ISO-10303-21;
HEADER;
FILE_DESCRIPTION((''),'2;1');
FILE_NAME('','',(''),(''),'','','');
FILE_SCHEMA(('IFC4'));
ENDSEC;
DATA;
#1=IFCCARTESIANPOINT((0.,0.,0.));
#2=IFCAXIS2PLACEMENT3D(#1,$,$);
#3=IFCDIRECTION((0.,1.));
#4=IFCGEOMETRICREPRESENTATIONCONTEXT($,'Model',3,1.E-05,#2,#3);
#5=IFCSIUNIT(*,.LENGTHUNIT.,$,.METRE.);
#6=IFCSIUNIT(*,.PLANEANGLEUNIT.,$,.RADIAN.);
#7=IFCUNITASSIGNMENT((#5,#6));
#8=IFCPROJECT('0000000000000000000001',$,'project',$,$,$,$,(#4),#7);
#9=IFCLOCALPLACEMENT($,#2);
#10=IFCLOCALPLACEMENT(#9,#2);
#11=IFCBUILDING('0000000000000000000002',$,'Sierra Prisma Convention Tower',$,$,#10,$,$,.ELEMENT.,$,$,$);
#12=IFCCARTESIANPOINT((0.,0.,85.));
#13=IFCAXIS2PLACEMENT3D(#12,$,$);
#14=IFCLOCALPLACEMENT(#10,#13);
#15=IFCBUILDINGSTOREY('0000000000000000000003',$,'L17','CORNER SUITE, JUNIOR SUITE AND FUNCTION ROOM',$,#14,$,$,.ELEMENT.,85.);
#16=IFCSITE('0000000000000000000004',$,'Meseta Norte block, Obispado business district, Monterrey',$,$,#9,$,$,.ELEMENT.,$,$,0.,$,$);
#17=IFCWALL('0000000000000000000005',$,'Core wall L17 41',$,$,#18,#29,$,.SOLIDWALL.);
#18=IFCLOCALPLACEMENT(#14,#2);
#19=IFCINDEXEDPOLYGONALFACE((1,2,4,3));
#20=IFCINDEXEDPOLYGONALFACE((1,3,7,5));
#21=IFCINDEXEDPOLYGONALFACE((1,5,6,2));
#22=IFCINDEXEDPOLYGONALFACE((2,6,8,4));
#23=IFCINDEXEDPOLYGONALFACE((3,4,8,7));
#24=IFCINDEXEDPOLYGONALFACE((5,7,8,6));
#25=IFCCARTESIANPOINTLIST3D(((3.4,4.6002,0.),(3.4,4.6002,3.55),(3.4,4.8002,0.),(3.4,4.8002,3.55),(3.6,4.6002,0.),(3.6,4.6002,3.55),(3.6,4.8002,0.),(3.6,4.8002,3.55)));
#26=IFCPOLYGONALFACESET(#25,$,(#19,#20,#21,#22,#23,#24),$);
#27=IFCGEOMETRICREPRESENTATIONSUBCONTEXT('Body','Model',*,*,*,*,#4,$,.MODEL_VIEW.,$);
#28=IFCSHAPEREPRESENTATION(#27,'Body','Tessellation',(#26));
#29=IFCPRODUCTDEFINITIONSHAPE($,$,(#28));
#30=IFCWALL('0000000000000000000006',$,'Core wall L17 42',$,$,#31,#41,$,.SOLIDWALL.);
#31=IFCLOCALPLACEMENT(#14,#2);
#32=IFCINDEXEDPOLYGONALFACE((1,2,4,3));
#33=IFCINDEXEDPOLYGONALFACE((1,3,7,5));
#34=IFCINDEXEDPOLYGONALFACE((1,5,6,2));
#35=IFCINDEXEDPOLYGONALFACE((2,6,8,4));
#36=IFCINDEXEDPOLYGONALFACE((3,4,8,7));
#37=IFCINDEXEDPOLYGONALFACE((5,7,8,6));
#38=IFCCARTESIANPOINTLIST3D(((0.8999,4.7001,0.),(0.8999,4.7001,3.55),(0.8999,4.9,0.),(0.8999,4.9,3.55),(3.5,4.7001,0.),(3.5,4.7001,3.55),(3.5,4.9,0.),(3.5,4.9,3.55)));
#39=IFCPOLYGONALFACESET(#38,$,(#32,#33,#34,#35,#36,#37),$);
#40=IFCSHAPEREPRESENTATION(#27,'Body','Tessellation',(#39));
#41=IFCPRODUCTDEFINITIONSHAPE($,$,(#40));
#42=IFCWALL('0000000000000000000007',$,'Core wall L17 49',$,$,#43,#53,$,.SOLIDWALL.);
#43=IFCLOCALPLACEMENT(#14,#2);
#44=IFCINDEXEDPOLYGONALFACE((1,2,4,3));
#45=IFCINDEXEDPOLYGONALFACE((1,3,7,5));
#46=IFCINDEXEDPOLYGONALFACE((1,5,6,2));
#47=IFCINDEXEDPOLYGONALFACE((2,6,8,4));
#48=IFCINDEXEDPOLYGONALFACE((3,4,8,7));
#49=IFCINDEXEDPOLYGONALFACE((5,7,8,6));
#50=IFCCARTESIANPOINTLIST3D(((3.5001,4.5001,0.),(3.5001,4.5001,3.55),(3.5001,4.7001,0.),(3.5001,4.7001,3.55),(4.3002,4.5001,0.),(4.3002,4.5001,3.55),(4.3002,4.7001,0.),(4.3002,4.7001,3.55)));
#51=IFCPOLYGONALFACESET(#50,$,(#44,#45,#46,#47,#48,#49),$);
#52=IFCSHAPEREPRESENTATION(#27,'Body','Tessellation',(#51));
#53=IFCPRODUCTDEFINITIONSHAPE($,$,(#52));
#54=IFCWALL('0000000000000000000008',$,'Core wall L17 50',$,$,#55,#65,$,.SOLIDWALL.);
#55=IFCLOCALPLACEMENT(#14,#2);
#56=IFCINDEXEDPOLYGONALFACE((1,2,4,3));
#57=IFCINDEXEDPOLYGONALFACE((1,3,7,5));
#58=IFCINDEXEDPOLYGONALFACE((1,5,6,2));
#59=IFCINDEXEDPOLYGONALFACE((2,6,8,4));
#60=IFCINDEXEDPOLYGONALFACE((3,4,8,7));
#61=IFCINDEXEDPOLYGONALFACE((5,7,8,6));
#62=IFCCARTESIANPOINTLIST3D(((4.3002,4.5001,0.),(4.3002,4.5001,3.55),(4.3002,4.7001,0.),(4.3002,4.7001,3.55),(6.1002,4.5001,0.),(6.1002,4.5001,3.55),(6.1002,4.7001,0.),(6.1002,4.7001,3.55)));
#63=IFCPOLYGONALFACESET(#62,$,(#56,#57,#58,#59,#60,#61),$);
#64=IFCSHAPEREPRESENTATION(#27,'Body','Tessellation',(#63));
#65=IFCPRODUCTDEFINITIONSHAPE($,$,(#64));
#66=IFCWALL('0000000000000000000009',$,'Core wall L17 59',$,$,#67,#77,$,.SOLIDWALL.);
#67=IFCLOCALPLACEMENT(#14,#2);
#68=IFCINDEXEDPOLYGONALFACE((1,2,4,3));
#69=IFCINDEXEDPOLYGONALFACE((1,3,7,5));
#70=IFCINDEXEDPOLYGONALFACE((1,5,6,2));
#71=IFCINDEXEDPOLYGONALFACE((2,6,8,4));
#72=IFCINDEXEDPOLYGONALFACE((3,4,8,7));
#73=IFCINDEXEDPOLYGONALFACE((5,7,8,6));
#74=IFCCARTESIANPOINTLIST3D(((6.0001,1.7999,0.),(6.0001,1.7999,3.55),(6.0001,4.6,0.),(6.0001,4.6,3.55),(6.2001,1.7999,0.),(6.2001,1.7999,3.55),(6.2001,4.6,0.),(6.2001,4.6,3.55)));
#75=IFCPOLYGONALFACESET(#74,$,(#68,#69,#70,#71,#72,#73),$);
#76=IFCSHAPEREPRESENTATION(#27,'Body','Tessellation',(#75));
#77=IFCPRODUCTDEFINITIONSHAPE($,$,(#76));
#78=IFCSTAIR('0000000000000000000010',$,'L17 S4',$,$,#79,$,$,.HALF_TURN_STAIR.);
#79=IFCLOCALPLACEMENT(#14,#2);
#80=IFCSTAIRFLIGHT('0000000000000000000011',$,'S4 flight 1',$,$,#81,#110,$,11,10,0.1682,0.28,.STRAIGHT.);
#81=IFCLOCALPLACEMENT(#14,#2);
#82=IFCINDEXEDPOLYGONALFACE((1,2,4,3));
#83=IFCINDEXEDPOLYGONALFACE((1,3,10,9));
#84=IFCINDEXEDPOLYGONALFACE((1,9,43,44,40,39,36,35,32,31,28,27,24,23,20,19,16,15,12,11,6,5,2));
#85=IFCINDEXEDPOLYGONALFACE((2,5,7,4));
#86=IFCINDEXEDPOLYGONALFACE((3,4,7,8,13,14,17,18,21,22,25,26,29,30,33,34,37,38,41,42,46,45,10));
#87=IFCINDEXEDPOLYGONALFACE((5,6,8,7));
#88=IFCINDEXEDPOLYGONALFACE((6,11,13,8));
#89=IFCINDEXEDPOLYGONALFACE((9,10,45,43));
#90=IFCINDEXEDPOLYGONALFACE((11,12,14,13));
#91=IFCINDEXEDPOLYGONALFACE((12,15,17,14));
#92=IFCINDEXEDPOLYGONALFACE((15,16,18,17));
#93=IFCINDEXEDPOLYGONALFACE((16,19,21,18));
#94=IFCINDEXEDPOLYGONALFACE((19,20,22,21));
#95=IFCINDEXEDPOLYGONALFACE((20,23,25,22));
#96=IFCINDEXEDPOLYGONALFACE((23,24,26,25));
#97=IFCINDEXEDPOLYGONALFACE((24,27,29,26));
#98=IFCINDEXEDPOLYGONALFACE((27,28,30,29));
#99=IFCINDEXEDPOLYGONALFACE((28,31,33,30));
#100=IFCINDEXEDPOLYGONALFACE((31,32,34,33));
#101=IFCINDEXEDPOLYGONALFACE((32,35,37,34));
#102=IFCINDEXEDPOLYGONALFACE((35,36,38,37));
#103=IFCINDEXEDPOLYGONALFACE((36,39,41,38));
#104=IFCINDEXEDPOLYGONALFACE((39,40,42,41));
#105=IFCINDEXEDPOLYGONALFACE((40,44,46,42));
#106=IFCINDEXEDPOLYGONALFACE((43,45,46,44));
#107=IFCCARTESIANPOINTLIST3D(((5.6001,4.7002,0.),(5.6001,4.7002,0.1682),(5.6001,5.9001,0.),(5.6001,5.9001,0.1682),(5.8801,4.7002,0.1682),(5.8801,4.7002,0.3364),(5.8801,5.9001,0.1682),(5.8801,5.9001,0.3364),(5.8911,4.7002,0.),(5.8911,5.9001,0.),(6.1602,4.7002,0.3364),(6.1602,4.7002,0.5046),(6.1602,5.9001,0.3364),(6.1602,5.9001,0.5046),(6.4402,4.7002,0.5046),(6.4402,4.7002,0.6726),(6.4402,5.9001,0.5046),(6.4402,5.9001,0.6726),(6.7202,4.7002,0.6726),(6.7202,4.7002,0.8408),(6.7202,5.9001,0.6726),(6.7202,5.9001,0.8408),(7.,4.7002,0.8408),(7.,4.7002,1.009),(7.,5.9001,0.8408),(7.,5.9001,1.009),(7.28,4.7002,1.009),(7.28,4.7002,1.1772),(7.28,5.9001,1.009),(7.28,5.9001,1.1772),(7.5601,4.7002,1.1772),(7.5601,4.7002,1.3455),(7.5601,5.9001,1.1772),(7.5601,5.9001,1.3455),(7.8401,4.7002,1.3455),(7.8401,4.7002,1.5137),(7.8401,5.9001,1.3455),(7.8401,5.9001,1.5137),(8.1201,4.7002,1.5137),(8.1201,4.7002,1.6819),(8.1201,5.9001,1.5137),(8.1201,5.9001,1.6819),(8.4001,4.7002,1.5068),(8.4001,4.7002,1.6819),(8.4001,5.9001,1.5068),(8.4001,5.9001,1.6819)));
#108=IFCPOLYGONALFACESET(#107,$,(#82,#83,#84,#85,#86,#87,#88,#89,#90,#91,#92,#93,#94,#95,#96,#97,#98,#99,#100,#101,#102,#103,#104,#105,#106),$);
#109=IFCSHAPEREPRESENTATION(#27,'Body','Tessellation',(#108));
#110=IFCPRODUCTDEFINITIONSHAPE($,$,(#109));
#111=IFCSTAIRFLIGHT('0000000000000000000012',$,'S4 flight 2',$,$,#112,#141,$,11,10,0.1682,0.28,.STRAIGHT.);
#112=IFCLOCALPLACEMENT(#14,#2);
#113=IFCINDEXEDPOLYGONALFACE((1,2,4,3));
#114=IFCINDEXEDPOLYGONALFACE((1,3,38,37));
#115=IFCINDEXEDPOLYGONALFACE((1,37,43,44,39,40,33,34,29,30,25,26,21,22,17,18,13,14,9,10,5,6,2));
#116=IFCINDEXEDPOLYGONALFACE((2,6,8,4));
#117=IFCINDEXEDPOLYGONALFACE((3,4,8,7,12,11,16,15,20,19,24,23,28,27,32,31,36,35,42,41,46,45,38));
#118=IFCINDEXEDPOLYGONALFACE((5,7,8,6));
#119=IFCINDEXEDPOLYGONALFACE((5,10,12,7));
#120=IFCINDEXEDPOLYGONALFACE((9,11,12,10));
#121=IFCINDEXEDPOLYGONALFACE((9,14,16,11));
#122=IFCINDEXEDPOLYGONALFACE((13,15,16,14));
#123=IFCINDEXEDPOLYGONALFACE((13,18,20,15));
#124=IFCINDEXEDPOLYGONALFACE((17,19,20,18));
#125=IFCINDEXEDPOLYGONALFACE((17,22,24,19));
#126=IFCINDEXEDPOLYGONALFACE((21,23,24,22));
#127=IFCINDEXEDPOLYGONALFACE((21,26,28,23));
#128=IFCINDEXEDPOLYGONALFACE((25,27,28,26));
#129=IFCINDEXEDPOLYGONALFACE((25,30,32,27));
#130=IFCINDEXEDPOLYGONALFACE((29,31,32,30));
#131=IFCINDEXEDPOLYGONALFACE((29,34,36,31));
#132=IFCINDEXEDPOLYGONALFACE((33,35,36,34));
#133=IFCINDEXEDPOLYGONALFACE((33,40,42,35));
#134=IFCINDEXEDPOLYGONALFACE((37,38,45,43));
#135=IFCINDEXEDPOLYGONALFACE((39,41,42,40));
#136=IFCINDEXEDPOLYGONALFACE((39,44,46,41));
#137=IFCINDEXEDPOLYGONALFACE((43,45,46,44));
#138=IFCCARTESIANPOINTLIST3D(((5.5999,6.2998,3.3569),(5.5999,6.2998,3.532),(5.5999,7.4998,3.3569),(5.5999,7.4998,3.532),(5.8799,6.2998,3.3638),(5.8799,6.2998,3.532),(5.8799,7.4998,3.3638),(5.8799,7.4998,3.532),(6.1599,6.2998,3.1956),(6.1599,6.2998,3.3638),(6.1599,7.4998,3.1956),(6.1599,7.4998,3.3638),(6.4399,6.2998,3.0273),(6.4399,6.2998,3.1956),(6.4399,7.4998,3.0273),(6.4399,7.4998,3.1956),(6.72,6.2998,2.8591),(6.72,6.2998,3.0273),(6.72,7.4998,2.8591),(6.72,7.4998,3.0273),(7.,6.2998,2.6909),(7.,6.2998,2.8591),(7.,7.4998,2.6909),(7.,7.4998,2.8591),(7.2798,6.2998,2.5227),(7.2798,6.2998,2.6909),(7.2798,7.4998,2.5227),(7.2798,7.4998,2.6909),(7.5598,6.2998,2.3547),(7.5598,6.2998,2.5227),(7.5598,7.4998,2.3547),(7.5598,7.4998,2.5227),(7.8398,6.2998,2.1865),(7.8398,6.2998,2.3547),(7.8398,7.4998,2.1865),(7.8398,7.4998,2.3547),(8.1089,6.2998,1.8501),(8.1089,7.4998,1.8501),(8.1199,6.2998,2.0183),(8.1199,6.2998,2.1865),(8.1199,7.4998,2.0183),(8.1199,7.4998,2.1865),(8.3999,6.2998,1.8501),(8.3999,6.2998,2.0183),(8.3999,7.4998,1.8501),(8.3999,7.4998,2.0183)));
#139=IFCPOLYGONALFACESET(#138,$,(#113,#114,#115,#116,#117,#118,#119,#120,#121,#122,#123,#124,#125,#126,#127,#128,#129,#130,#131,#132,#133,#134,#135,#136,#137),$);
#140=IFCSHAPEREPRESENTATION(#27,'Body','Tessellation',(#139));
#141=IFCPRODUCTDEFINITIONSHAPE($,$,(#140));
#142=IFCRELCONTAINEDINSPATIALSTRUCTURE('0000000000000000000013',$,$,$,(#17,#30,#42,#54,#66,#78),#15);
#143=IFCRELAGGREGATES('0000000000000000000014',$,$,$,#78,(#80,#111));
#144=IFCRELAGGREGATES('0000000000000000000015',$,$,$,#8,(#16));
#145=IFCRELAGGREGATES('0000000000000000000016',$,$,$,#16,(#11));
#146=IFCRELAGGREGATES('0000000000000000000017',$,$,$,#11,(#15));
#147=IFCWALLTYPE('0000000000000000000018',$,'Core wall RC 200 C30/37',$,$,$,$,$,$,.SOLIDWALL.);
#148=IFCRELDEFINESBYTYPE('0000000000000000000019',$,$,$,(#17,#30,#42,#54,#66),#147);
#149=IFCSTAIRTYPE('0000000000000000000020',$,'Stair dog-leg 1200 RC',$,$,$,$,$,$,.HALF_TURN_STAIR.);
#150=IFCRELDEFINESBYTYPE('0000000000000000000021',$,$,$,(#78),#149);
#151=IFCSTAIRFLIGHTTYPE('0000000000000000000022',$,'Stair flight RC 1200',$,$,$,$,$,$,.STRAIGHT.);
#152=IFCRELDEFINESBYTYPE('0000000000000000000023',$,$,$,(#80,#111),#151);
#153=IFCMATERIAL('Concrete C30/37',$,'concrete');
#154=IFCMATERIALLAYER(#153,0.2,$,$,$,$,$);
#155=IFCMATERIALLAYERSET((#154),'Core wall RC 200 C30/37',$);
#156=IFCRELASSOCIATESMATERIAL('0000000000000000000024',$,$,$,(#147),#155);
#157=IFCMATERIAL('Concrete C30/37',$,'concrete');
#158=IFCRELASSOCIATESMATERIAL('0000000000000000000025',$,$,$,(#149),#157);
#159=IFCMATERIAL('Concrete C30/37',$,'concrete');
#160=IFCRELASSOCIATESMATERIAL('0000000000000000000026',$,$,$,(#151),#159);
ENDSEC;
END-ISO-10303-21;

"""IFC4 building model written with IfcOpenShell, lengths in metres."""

from ifc_helpers import new_model, si_unit, direction, frame, frame_2d, origin, place, context, subcontext, project, spatial, polyline, rectangle, outline, extrude, material, layer, layer_set, type_object, element, aggregate, save


model = new_model("IFC4")

# Units and contexts
model_context = context("Model", 3, precision=1e-05, world=origin(), true_north=direction((0.0, 1.0)))
body_context = subcontext(model_context, "Body", "Model", "MODEL_VIEW")
ifc_project = project(units=[si_unit("LENGTHUNIT", "METRE"), si_unit("PLANEANGLEUNIT", "RADIAN")], contexts=[model_context])

# Site, building, storey
site_placement = place(None, origin())
site = spatial("IfcSite", under=ifc_project, at=site_placement, Name="Meseta Norte block, Obispado business district, Monterrey", CompositionType="ELEMENT", RefElevation=0.0)
building_placement = place(site_placement, origin())
building = spatial("IfcBuilding", under=site, at=building_placement, Name="Sierra Prisma Convention Tower", CompositionType="ELEMENT")
storey_placement = place(building_placement, frame((0.0, 0.0, 85.0)))
storey = spatial("IfcBuildingStorey", under=building, at=storey_placement, Name="L17", Description="CORNER SUITE, JUNIOR SUITE AND FUNCTION ROOM", CompositionType="ELEMENT", Elevation=85.0)

# Walls
ifc_material_1 = material(Name="Concrete C30/37", Category="concrete")
ifc_layer = layer(ifc_material_1, 0.2)
ifc_layer_set = layer_set([ifc_layer], Name="Core wall RC 200 C30/37")
wall_type = type_object("IfcWallType", Name="Core wall RC 200 C30/37", PredefinedType="SOLIDWALL", material=ifc_layer_set)
wall_1_placement = place(storey_placement, frame((3.5, 4.6001, 0.0), z_axis=(0.0, 0.0, 1.0), x_axis=(0.0, 1.0, 0.0)))
element("IfcWall", 1, at=wall_1_placement, inside=storey, type_object=wall_type, Name="Core wall L17 41", PredefinedType="SOLIDWALL", context=body_context, shape_type="SweptSolid", body=[
    extrude(rectangle(XDim=0.2, YDim=0.2, at=frame_2d((0.1001, 0.0))), origin(), (0.0, 0.0, 1.0), 3.55),
])
wall_2_placement = place(storey_placement, frame((3.5, 4.8, 0.0), z_axis=(0.0, 0.0, 1.0), x_axis=(-1.0, 0.0, 0.0)))
element("IfcWall", 2, at=wall_2_placement, inside=storey, type_object=wall_type, Name="Core wall L17 42", PredefinedType="SOLIDWALL", context=body_context, shape_type="SweptSolid", body=[
    extrude(rectangle(XDim=2.6001, YDim=0.2, at=frame_2d((1.3, 0.0))), origin(), (0.0, 0.0, 1.0), 3.55),
])

# Walls
wall_3_placement = place(storey_placement, frame((4.3, 4.6001, 0.0), z_axis=(0.0, 0.0, 1.0), x_axis=(-1.0, 0.0, 0.0)))
element("IfcWall", 3, at=wall_3_placement, inside=storey, type_object=wall_type, Name="Core wall L17 49", PredefinedType="SOLIDWALL", context=body_context, shape_type="SweptSolid", body=[
    extrude(rectangle(XDim=0.8, YDim=0.2, at=frame_2d((0.3999, 0.0))), origin(), (0.0, 0.0, 1.0), 3.55),
])
wall_4_placement = place(storey_placement, frame((6.1001, 4.6001, 0.0), z_axis=(0.0, 0.0, 1.0), x_axis=(-1.0, 0.0, 0.0)))
element("IfcWall", 4, at=wall_4_placement, inside=storey, type_object=wall_type, Name="Core wall L17 50", PredefinedType="SOLIDWALL", context=body_context, shape_type="SweptSolid", body=[
    extrude(rectangle(XDim=1.8, YDim=0.2, at=frame_2d((0.8999, 0.0))), origin(), (0.0, 0.0, 1.0), 3.55),
])

# Wall
wall_5_placement = place(storey_placement, frame((6.1001, 1.8, 0.0), z_axis=(0.0, 0.0, 1.0), x_axis=(0.0, 1.0, 0.0)))
element("IfcWall", 5, at=wall_5_placement, inside=storey, type_object=wall_type, Name="Core wall L17 59", PredefinedType="SOLIDWALL", context=body_context, shape_type="SweptSolid", body=[
    extrude(rectangle(XDim=2.8, YDim=0.2, at=frame_2d((1.3999, 0.0))), origin(), (0.0, 0.0, 1.0), 3.55),
])

# Stair, stair flights
ifc_material_2 = material(Name="Concrete C30/37", Category="concrete")
stair_type = type_object("IfcStairType", Name="Stair dog-leg 1200 RC", PredefinedType="HALF_TURN_STAIR", material=ifc_material_2)
stair_placement = place(storey_placement, origin())
stair = element("IfcStair", 6, at=stair_placement, inside=storey, type_object=stair_type, Name="L17 S4", PredefinedType="HALF_TURN_STAIR")
ifc_material_3 = material(Name="Concrete C30/37", Category="concrete")
stair_flight_type = type_object("IfcStairFlightType", Name="Stair flight RC 1200", PredefinedType="STRAIGHT", material=ifc_material_3)
stair_flight_1_placement = place(storey_placement, frame((5.6001, 5.3, 0.0), z_axis=(0.0, 0.0, 1.0), x_axis=(1.0, 0.0, 0.0)))
stair_flight_1 = element("IfcStairFlight", 7, at=stair_flight_1_placement, type_object=stair_flight_type, Name="S4 flight 1", NumberOfRisers=11, NumberOfTreads=10, PredefinedType="STRAIGHT", RiserHeight=0.1682, TreadLength=0.28, context=body_context, shape_type="SweptSolid", body=[
    extrude(outline(polyline([(0.0, 0.0), (0.0, 0.1682), (0.28, 0.1682), (0.28, 0.3364), (0.5601, 0.3364), (0.5601, 0.5046), (0.8401, 0.5046), (0.8401, 0.6726), (1.1201, 0.6726), (1.1201, 0.8408), (1.3999, 0.8408), (1.3999, 1.009), (1.6799, 1.009), (1.6799, 1.1772), (1.96, 1.1772), (1.96, 1.3455), (2.24, 1.3455), (2.24, 1.5137), (2.52, 1.5137), (2.52, 1.6819), (2.8, 1.6819), (2.8, 1.8501), (2.8, 1.5068), (0.291, 0.0), (0.0, 0.0)])), frame((0.0, 0.6001, 0.0), z_axis=(0.0, -1.0, 0.0), x_axis=(1.0, 0.0, 0.0)), (0.0, 0.0, 1.0), 1.2),
])
stair_flight_2_placement = place(storey_placement, frame((8.3999, 6.8999, 1.8501), z_axis=(0.0, 0.0, 1.0), x_axis=(-1.0, 0.0, 0.0)))
stair_flight_2 = element("IfcStairFlight", 8, at=stair_flight_2_placement, type_object=stair_flight_type, Name="S4 flight 2", NumberOfRisers=11, NumberOfTreads=10, PredefinedType="STRAIGHT", RiserHeight=0.1682, TreadLength=0.28, context=body_context, shape_type="SweptSolid", body=[
    extrude(outline(polyline([(0.0, 0.0), (0.0, 0.1682), (0.28, 0.1682), (0.28, 0.3364), (0.5601, 0.3364), (0.5601, 0.5046), (0.8401, 0.5046), (0.8401, 0.6726), (1.1201, 0.6726), (1.1201, 0.8408), (1.3999, 0.8408), (1.3999, 1.009), (1.6799, 1.009), (1.6799, 1.1772), (1.96, 1.1772), (1.96, 1.3455), (2.24, 1.3455), (2.24, 1.5137), (2.52, 1.5137), (2.52, 1.6819), (2.8, 1.6819), (2.8, 1.8501), (2.8, 1.5068), (0.291, 0.0), (0.0, 0.0)])), frame((0.0, 0.6001, 0.0), z_axis=(0.0, -1.0, 0.0), x_axis=(1.0, 0.0, 0.0)), (0.0, 0.0, 1.0), 1.2),
])
aggregate(stair, [stair_flight_1, stair_flight_2])

save(model, "model.ifc")
